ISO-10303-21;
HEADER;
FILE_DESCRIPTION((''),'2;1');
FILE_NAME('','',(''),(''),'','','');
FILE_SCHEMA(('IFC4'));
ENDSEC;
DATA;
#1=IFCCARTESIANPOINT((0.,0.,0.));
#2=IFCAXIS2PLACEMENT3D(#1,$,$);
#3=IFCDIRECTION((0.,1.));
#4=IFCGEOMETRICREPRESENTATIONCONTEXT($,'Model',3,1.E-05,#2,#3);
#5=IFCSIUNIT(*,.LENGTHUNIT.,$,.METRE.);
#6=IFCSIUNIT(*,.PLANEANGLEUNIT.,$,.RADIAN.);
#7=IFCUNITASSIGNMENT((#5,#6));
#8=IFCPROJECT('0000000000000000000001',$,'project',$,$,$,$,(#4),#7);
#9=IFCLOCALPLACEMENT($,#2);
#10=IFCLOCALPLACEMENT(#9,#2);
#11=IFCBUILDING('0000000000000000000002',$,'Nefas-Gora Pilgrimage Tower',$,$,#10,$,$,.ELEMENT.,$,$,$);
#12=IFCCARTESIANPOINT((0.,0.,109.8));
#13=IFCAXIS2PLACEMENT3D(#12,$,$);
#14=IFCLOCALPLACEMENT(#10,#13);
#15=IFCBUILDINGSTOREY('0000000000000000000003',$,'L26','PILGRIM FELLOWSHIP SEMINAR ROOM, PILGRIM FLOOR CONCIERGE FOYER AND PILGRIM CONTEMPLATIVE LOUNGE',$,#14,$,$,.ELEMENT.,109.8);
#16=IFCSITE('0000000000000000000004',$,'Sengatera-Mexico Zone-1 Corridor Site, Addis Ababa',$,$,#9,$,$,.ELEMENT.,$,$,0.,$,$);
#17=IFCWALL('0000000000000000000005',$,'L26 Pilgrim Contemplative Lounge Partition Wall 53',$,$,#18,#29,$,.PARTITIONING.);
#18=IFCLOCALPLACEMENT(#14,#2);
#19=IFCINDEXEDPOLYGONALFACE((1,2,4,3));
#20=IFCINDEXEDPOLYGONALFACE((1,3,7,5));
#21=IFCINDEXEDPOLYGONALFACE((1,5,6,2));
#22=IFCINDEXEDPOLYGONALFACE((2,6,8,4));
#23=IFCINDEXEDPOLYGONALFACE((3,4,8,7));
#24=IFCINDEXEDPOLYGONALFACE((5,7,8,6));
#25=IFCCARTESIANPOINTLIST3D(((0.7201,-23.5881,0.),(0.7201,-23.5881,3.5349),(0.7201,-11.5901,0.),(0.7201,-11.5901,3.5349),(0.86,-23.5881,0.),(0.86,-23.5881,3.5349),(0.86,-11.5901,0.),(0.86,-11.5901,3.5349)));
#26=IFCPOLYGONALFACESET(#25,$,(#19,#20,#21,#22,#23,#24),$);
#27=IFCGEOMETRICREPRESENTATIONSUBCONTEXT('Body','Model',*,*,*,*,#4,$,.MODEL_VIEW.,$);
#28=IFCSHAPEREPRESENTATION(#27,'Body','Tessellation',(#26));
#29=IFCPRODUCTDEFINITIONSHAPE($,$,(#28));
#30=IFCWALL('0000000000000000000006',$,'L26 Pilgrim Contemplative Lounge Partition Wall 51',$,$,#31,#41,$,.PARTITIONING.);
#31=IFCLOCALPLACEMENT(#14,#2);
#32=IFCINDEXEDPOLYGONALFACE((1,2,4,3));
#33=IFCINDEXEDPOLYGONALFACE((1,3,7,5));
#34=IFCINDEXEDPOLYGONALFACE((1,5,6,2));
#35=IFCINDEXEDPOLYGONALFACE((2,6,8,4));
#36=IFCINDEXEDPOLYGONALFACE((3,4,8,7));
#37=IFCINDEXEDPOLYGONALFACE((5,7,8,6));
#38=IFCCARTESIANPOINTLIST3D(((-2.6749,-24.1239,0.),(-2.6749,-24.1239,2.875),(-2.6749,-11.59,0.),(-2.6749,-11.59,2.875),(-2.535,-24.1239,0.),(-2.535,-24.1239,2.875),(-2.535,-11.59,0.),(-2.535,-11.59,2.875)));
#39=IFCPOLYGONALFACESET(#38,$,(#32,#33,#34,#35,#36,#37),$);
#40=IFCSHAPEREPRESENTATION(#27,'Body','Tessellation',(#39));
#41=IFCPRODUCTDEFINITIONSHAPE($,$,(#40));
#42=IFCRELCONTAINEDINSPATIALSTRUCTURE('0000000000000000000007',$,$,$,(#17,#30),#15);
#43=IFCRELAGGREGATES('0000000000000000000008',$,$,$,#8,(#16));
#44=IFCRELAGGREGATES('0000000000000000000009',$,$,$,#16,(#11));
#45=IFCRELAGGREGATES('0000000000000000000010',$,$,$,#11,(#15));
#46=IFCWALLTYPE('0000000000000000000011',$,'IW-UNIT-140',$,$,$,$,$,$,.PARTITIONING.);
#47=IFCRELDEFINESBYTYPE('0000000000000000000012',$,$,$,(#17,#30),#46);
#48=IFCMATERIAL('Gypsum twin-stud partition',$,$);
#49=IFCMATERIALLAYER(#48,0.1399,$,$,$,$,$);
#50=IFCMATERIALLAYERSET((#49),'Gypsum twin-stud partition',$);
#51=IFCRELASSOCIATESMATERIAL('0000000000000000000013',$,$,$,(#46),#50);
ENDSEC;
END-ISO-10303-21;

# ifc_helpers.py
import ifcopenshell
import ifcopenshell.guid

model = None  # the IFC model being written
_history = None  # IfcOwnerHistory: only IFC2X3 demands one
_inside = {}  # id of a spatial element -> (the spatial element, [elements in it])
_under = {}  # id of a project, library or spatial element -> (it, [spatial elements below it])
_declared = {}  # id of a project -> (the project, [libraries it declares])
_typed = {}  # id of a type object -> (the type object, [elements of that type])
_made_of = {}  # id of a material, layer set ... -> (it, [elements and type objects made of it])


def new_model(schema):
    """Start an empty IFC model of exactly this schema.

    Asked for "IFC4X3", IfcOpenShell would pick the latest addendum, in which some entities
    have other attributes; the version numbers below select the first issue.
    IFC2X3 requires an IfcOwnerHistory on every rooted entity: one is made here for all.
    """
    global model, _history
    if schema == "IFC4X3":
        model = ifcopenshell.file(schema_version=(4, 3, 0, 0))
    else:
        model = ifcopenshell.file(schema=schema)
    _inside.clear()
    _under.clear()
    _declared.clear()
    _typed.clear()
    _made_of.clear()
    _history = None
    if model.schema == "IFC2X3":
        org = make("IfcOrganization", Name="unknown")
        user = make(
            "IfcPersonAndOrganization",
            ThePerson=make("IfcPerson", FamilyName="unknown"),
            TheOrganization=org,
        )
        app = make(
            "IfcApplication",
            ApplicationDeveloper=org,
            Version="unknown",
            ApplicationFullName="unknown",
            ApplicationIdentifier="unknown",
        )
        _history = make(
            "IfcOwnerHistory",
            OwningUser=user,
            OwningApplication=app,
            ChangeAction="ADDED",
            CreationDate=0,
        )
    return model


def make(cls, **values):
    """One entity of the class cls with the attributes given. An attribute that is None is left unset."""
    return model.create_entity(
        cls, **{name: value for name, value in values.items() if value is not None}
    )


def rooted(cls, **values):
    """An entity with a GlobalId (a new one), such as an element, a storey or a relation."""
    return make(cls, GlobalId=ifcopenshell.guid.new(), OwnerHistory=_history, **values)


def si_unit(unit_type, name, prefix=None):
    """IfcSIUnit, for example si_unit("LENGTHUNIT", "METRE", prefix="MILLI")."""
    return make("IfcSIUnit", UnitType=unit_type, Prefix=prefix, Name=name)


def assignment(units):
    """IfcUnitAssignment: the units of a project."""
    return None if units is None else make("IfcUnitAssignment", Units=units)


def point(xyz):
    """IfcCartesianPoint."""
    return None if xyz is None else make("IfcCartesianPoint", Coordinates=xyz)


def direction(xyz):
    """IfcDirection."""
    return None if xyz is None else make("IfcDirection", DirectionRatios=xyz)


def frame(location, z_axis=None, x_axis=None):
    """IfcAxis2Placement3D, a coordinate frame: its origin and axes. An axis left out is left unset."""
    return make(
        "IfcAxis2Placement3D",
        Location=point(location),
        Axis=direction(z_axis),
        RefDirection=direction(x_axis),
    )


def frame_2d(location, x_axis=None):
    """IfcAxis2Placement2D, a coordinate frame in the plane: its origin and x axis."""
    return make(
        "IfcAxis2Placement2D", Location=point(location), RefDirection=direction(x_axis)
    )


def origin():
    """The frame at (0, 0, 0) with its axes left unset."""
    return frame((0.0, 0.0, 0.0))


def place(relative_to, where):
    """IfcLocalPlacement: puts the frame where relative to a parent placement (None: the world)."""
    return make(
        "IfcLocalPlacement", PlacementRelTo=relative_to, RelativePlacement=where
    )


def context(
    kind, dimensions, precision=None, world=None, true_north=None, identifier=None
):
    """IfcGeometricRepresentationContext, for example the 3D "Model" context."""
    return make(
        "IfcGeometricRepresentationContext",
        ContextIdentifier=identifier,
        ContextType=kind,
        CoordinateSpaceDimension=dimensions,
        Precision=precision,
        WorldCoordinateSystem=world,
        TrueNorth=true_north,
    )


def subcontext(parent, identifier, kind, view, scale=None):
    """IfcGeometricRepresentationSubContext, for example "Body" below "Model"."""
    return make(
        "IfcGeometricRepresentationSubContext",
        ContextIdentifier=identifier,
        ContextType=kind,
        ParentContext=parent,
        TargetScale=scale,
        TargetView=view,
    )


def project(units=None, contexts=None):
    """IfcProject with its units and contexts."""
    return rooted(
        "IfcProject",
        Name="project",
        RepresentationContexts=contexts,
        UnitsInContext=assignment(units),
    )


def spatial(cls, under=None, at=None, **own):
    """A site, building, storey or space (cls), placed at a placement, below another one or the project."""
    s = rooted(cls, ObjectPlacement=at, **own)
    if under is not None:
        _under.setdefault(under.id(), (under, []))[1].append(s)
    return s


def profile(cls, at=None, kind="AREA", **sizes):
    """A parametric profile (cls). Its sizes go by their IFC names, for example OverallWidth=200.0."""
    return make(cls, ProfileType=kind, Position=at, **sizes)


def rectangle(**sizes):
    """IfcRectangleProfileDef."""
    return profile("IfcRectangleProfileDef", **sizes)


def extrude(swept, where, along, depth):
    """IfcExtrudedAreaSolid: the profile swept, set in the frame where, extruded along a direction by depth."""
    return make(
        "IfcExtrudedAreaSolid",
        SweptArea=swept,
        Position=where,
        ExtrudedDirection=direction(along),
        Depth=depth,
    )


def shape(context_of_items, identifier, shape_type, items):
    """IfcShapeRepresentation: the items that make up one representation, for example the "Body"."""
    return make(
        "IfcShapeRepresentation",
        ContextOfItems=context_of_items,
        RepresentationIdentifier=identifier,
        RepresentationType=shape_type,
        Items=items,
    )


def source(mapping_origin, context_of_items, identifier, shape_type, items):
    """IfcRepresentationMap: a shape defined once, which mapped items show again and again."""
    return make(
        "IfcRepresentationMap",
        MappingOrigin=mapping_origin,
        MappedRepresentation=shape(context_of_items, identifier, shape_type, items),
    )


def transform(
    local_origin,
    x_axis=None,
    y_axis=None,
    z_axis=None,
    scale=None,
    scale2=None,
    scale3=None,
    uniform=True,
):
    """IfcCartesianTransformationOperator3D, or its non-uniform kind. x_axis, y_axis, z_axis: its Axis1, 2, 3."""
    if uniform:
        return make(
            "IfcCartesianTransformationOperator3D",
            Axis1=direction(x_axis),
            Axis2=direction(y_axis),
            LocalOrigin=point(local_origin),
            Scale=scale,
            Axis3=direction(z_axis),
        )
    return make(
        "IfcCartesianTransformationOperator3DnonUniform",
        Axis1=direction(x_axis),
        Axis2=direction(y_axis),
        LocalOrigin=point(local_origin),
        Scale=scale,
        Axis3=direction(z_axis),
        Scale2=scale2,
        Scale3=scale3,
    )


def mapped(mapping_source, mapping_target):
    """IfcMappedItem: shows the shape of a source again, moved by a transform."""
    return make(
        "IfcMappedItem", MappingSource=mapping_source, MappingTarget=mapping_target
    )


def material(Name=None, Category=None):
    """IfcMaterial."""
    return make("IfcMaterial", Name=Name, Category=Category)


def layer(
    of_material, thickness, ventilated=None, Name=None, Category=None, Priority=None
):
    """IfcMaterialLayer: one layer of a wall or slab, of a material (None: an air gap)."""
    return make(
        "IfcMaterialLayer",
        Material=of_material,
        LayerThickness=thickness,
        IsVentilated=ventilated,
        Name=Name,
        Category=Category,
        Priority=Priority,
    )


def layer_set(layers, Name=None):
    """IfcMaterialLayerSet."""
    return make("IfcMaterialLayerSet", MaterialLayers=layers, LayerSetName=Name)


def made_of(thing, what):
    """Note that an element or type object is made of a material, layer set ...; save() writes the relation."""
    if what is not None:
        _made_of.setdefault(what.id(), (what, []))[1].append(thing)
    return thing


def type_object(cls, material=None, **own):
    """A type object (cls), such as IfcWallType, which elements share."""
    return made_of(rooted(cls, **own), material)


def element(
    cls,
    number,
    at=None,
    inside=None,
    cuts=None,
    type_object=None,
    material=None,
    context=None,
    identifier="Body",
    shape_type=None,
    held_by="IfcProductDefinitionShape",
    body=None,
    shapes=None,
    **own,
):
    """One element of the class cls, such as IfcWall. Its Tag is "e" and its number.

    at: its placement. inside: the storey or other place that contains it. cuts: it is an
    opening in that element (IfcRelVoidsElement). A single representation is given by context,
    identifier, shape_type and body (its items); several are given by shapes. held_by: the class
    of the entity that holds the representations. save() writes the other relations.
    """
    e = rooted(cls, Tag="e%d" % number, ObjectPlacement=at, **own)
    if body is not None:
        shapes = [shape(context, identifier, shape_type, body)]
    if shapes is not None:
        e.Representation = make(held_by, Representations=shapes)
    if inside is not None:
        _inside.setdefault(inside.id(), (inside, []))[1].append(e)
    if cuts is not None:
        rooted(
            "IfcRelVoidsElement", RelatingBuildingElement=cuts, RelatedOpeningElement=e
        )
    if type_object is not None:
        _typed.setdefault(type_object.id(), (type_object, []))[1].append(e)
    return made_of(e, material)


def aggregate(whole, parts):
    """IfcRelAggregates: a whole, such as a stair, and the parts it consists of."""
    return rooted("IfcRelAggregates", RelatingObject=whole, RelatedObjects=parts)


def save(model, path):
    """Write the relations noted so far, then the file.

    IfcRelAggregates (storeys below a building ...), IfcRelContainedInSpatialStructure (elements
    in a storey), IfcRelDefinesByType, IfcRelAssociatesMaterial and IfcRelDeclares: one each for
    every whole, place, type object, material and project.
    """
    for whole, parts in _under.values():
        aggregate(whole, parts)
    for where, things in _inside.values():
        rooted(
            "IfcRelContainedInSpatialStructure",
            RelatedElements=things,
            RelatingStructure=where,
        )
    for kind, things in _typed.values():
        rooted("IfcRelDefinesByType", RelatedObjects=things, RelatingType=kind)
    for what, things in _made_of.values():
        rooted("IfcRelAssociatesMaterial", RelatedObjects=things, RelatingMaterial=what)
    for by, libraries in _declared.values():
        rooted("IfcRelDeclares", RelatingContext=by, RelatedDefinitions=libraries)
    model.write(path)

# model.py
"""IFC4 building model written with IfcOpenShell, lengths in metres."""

from ifc_helpers import new_model, si_unit, direction, frame, frame_2d, origin, place, context, subcontext, project, spatial, rectangle, extrude, source, transform, mapped, material, layer, layer_set, type_object, element, save


model = new_model("IFC4")

# Units and contexts
model_context = context("Model", 3, precision=1e-05, world=origin(), true_north=direction((0.0, 1.0)))
body_context = subcontext(model_context, "Body", "Model", "MODEL_VIEW")
ifc_project = project(units=[si_unit("LENGTHUNIT", "METRE"), si_unit("PLANEANGLEUNIT", "RADIAN")], contexts=[model_context])

# Site, building, storey
site_placement = place(None, origin())
site = spatial("IfcSite", under=ifc_project, at=site_placement, Name="Sengatera-Mexico Zone-1 Corridor Site, Addis Ababa", CompositionType="ELEMENT", RefElevation=0.0)
building_placement = place(site_placement, origin())
building = spatial("IfcBuilding", under=site, at=building_placement, Name="Nefas-Gora Pilgrimage Tower", CompositionType="ELEMENT")
storey_placement = place(building_placement, frame((0.0, 0.0, 109.8)))
storey = spatial("IfcBuildingStorey", under=building, at=storey_placement, Name="L26", Description="PILGRIM FELLOWSHIP SEMINAR ROOM, PILGRIM FLOOR CONCIERGE FOYER AND PILGRIM CONTEMPLATIVE LOUNGE", CompositionType="ELEMENT", Elevation=109.8)

# Shared definitions
ifc_material_1 = material(Name="Gypsum twin-stud partition")
ifc_layer_1 = layer(ifc_material_1, 0.1399)
ifc_layer_set_1 = layer_set([ifc_layer_1], Name="Gypsum twin-stud partition")
wall_type_1 = type_object("IfcWallType", Name="IW-UNIT-140", PredefinedType="PARTITIONING", material=ifc_layer_set_1)

# Walls
shared_shape_1 = source(origin(), body_context, "Body", "SweptSolid", [
    extrude(rectangle(XDim=11.998, YDim=0.1399, at=frame_2d((5.999, 0.0))), origin(), (0.0, 0.0, 1.0), 3.5349),
])
wall_1_placement = place(storey_placement, frame((0.79, -23.5881, 0.0), z_axis=(0.0, 0.0, 1.0), x_axis=(0.0, 1.0, 0.0)))
element("IfcWall", 1, at=wall_1_placement, inside=storey, type_object=wall_type_1, Name="L26 Pilgrim Contemplative Lounge Partition Wall 53", PredefinedType="PARTITIONING", context=body_context, shape_type="MappedRepresentation", body=[
    mapped(shared_shape_1, transform((0.0, 0.0, 0.0), x_axis=(1.0, 0.0, 0.0), y_axis=(0.0, 1.0, 0.0), z_axis=(0.0, 0.0, 1.0), scale=1.0)),
])
shared_shape_2 = source(origin(), body_context, "Body", "SweptSolid", [
    extrude(rectangle(XDim=12.5339, YDim=0.1399, at=frame_2d((6.2671, 0.0))), origin(), (0.0, 0.0, 1.0), 2.875),
])
wall_2_placement = place(storey_placement, frame((-2.605, -24.124, 0.0), z_axis=(0.0, 0.0, 1.0), x_axis=(0.0, 1.0, 0.0)))
element("IfcWall", 2, at=wall_2_placement, inside=storey, type_object=wall_type_1, Name="L26 Pilgrim Contemplative Lounge Partition Wall 51", PredefinedType="PARTITIONING", context=body_context, shape_type="MappedRepresentation", body=[
    mapped(shared_shape_2, transform((0.0, 0.0, 0.0), x_axis=(1.0, 0.0, 0.0), y_axis=(0.0, 1.0, 0.0), z_axis=(0.0, 0.0, 1.0), scale=1.0)),
])

save(model, "model.ifc")
